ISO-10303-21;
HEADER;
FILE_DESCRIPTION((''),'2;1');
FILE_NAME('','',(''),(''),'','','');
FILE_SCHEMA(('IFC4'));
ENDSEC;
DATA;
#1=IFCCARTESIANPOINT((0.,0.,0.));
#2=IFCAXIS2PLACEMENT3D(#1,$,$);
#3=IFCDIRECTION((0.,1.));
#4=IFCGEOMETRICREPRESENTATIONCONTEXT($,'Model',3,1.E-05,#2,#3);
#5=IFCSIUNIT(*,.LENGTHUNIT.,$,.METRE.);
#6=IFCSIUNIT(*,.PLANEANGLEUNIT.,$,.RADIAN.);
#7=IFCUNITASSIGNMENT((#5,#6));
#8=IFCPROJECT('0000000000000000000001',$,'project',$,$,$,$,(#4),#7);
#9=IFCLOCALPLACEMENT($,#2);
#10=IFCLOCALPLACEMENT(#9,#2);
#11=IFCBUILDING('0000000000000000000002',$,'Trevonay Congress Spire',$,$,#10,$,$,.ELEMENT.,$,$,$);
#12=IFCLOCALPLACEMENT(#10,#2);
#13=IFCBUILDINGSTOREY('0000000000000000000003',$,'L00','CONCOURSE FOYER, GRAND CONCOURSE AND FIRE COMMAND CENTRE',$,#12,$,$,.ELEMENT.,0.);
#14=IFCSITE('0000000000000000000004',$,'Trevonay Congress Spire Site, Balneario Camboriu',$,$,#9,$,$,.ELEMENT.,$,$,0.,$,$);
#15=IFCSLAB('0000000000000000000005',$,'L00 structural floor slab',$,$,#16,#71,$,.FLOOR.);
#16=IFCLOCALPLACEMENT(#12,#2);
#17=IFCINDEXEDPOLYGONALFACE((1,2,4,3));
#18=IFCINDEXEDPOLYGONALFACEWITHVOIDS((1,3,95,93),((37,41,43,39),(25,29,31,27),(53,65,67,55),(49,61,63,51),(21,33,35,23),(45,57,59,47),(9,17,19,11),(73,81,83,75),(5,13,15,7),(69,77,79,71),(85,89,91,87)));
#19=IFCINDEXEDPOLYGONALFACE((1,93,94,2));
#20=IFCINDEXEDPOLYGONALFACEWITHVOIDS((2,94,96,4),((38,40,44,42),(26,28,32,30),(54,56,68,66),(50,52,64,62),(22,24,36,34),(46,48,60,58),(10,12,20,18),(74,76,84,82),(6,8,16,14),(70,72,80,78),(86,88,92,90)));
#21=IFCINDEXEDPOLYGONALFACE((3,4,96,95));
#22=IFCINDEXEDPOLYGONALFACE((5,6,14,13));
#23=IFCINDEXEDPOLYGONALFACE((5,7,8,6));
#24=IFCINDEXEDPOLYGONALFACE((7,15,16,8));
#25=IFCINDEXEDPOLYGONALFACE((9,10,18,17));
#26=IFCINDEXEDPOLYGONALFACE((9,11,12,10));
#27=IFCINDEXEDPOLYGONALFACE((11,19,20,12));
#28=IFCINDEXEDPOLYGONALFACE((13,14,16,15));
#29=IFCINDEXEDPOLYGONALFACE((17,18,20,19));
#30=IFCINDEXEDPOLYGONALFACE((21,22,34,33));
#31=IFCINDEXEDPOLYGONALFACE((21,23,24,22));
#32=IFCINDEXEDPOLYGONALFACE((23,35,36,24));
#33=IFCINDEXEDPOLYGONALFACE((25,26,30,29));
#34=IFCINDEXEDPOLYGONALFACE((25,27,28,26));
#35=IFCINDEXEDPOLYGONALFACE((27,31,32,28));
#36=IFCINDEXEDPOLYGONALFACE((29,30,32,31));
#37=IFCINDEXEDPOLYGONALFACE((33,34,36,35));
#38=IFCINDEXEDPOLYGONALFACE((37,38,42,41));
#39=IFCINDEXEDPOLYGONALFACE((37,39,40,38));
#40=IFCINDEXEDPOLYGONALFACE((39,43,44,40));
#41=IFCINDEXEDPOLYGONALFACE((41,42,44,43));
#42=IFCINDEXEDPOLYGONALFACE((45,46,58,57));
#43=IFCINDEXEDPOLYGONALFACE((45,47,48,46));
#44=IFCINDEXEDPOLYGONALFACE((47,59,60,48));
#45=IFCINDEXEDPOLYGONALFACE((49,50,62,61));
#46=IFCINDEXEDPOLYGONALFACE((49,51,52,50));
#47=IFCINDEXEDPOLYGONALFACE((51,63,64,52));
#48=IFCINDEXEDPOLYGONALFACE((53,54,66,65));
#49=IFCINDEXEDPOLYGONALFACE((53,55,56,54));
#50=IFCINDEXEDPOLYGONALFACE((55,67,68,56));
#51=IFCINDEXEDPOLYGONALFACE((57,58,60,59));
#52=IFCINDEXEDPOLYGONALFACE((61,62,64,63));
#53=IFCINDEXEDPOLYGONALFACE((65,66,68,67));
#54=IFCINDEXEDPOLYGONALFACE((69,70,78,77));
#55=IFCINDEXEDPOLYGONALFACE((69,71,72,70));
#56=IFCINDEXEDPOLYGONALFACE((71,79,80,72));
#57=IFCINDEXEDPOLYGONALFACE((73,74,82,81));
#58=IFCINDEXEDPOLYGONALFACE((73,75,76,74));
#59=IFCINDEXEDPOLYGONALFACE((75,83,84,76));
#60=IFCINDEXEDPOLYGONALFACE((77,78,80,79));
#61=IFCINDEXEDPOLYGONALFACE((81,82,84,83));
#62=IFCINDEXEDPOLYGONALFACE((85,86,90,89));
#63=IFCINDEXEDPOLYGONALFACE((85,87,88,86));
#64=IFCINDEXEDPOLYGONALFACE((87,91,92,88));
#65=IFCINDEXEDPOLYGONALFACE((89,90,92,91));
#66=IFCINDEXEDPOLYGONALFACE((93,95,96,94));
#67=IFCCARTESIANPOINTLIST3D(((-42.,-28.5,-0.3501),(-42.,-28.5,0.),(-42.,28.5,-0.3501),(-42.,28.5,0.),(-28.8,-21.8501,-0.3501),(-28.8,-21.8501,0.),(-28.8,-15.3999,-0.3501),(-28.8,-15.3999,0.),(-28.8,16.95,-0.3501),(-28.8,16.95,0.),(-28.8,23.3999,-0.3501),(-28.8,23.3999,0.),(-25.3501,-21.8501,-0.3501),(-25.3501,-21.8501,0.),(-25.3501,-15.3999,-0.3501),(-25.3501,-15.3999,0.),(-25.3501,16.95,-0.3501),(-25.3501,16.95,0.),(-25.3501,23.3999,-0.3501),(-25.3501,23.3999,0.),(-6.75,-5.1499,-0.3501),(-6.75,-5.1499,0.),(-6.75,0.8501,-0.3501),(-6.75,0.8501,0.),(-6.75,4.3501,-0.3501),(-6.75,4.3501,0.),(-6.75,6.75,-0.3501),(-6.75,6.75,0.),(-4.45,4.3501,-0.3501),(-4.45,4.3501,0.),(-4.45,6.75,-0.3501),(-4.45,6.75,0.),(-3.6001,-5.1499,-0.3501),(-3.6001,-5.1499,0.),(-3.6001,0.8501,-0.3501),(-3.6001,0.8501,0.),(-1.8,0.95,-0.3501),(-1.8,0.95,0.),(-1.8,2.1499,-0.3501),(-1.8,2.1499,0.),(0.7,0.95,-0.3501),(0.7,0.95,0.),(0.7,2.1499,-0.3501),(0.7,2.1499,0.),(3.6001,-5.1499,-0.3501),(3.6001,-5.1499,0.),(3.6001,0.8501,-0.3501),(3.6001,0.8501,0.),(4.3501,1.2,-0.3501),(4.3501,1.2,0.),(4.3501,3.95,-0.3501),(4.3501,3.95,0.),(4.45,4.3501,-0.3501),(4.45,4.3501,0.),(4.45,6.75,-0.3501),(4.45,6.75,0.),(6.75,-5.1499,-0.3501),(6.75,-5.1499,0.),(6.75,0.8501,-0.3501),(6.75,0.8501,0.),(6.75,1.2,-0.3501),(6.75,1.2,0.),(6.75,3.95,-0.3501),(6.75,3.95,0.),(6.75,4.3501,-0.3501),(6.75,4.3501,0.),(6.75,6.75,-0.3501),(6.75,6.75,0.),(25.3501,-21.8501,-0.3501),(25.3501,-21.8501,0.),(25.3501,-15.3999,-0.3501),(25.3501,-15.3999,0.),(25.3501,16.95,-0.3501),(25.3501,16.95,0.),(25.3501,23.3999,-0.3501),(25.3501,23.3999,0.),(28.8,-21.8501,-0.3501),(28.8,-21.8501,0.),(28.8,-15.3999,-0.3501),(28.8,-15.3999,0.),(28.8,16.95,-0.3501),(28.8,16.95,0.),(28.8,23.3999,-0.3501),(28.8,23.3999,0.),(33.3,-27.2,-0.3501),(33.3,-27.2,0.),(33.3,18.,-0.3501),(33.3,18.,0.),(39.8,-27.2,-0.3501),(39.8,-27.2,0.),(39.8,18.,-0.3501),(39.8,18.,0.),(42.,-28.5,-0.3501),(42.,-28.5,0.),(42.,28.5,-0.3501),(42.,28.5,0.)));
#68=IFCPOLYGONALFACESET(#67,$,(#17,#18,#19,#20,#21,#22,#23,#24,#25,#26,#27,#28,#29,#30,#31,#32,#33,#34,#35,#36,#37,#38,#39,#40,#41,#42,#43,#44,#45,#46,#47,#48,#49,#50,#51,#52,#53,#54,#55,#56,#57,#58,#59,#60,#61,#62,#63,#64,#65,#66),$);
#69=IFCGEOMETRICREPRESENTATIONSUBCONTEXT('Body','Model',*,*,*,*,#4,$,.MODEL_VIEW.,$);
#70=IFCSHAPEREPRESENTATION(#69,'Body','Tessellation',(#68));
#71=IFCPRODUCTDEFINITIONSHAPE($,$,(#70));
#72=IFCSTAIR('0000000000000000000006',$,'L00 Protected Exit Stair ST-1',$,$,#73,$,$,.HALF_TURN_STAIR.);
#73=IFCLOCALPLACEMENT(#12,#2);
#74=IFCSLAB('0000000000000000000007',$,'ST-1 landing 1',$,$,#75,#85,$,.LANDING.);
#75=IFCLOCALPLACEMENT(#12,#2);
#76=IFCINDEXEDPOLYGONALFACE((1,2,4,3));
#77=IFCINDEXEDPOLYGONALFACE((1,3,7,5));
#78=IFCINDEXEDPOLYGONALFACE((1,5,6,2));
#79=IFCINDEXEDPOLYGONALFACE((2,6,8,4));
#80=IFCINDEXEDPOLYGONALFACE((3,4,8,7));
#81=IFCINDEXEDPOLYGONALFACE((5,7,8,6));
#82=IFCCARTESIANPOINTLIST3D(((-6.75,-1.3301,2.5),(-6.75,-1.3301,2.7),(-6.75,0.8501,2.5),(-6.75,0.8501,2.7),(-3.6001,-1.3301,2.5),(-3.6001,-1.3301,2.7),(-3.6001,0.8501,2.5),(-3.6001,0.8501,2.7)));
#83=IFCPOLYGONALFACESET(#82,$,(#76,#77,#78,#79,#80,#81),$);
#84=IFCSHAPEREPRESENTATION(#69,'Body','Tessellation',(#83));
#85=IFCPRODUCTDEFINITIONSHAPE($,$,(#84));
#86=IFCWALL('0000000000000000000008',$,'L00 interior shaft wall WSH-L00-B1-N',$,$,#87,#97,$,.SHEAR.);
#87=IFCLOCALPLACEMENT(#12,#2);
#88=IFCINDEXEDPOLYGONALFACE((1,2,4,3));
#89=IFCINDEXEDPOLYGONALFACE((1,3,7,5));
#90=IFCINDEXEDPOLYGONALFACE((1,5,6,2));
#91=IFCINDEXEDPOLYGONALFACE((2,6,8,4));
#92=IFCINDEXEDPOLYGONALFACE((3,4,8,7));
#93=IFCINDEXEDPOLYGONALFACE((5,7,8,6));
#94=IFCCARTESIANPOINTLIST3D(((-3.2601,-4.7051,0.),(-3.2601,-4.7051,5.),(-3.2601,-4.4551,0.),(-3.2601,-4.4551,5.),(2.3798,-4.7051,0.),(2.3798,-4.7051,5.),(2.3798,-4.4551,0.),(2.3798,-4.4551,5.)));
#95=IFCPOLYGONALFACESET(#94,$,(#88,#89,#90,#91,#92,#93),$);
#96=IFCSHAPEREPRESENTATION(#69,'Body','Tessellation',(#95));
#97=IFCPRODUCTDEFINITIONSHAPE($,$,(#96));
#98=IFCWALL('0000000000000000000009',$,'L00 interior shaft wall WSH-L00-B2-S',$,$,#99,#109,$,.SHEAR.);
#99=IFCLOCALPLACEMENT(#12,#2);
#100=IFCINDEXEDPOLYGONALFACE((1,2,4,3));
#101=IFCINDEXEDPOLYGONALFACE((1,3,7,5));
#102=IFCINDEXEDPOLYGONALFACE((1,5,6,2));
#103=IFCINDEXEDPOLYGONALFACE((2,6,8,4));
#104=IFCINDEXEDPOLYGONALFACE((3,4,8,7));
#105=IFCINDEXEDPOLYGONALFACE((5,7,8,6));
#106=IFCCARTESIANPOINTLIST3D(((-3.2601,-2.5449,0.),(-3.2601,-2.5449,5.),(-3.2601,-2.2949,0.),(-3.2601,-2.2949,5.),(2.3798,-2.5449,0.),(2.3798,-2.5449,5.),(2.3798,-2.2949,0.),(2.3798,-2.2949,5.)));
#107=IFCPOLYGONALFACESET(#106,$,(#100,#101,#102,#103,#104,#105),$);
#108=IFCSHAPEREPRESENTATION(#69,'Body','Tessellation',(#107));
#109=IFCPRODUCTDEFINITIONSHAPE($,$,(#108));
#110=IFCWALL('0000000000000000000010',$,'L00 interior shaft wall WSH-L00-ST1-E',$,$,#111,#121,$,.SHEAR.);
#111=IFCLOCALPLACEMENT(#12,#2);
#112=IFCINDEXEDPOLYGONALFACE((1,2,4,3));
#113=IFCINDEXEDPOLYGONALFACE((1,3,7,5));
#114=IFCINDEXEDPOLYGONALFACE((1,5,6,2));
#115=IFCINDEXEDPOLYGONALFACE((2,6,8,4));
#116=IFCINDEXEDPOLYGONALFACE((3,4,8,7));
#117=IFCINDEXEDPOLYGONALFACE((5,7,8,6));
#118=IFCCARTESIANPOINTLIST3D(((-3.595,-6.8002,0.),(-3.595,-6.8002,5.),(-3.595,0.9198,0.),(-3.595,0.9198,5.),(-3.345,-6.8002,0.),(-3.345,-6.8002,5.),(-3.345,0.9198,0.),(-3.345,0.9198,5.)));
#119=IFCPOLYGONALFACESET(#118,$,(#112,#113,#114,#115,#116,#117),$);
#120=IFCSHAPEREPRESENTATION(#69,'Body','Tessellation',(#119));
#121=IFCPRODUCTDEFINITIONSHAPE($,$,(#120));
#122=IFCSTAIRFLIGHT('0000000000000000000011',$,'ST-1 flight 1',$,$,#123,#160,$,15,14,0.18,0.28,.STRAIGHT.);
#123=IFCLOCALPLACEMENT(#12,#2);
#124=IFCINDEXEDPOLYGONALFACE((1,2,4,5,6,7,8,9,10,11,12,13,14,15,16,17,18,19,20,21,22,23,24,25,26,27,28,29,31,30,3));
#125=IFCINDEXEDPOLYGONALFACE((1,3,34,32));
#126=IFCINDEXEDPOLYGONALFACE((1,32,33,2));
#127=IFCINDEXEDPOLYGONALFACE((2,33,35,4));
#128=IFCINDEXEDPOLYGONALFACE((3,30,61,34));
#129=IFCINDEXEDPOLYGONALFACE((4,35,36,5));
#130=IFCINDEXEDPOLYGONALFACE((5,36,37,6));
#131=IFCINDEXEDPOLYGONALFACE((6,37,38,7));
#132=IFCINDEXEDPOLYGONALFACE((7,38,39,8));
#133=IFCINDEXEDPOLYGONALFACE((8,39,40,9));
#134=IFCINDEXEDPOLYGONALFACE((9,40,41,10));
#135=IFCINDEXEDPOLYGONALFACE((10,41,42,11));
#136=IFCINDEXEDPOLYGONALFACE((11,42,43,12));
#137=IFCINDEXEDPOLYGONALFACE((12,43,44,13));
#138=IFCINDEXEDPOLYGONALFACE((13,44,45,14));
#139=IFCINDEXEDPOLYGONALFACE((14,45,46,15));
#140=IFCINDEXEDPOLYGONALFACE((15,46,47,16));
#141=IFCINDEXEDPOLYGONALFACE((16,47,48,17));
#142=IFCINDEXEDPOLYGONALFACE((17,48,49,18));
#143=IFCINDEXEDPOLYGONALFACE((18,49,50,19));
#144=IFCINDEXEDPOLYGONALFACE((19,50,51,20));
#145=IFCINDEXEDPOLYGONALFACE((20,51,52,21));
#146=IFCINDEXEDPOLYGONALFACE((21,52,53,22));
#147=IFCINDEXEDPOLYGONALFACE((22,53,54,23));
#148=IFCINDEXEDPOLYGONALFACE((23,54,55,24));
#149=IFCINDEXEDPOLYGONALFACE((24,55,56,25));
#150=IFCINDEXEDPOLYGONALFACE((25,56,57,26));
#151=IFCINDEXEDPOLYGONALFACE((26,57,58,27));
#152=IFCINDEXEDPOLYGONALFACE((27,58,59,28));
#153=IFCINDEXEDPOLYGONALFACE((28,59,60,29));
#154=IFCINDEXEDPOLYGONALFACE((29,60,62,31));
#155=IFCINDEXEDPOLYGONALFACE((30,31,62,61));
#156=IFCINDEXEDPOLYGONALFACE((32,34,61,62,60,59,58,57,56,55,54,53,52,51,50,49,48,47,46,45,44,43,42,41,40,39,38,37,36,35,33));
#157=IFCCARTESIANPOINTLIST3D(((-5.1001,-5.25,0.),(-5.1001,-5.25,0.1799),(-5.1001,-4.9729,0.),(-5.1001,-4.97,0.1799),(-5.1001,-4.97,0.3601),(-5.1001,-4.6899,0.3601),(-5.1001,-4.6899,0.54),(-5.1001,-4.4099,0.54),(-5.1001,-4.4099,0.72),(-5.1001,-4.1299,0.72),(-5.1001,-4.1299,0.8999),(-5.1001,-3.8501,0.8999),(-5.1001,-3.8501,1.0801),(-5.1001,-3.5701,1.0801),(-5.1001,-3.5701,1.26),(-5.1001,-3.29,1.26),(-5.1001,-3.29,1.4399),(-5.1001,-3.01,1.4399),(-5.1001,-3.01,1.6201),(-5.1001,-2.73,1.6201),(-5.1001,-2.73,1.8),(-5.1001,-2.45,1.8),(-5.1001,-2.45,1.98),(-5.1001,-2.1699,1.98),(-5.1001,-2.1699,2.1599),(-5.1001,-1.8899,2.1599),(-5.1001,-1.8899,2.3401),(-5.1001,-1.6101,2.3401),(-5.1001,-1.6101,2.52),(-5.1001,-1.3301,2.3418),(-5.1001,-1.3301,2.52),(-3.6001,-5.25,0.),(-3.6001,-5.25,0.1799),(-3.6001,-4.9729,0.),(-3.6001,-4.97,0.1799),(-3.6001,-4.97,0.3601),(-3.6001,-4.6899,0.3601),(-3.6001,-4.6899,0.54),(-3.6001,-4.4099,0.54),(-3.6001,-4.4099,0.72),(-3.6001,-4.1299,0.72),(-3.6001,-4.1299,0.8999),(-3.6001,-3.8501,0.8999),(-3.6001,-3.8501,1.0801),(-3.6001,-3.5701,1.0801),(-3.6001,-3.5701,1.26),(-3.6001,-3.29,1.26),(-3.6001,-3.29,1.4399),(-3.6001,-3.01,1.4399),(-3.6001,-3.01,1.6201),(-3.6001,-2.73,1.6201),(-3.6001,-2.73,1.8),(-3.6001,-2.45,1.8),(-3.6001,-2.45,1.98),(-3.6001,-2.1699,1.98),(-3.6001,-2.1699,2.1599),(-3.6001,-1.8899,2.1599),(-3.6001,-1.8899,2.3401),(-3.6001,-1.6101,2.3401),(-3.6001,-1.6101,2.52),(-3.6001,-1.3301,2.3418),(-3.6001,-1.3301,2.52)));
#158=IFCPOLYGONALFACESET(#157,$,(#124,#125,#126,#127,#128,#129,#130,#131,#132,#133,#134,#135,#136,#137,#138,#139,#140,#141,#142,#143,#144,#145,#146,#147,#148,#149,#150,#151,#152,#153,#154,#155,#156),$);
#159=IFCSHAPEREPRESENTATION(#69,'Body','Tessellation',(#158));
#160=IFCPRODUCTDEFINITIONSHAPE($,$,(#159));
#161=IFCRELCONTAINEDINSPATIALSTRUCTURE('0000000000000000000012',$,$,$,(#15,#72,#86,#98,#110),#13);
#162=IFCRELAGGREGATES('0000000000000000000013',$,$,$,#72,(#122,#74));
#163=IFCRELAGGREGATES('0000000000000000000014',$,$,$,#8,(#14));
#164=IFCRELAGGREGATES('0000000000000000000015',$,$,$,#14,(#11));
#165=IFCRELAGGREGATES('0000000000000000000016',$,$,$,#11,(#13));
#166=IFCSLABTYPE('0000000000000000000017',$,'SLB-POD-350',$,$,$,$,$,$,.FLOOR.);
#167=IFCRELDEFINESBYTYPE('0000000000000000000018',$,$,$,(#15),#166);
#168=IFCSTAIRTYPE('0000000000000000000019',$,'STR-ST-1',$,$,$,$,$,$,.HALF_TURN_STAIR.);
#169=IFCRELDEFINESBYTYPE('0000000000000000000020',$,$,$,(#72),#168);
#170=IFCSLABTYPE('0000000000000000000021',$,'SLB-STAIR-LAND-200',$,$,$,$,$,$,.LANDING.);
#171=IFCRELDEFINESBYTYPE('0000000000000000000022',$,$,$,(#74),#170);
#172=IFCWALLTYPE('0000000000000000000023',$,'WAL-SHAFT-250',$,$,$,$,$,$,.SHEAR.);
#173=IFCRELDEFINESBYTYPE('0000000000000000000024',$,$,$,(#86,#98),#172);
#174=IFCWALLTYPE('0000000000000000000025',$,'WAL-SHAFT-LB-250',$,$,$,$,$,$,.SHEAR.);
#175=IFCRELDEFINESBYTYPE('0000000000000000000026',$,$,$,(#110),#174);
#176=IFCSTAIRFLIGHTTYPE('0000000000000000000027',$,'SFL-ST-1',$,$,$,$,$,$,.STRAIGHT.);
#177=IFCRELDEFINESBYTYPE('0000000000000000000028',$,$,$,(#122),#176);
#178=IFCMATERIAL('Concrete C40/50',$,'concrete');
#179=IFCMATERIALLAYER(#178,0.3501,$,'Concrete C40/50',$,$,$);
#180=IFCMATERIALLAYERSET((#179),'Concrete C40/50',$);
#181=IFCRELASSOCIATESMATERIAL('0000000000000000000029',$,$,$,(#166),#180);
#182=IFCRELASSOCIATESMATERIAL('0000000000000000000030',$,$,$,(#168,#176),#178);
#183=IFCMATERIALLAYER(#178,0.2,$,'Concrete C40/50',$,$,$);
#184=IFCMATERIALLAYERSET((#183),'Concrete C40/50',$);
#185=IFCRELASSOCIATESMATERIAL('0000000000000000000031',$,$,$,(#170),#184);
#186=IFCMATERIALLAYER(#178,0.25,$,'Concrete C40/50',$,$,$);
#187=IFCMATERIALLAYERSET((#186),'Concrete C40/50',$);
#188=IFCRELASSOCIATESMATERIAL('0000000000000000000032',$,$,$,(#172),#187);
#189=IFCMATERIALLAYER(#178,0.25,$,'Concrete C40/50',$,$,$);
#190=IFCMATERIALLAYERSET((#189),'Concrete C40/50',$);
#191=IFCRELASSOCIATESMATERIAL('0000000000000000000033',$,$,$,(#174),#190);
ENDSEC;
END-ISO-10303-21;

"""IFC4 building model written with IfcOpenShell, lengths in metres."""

from ifc_helpers import new_model, si_unit, direction, frame, frame_2d, origin, place, context, subcontext, project, spatial, polyline, rectangle, outline, extrude, material, layer, layer_set, type_object, element, aggregate, save


model = new_model("IFC4")

# Units and contexts
model_context = context("Model", 3, precision=1e-05, world=origin(), true_north=direction((0.0, 1.0)))
body_context = subcontext(model_context, "Body", "Model", "MODEL_VIEW")
ifc_project = project(units=[si_unit("LENGTHUNIT", "METRE"), si_unit("PLANEANGLEUNIT", "RADIAN")], contexts=[model_context])

# Site, building, storey
site_placement = place(None, origin())
site = spatial("IfcSite", under=ifc_project, at=site_placement, Name="Trevonay Congress Spire Site, Balneario Camboriu", CompositionType="ELEMENT", RefElevation=0.0)
building_placement = place(site_placement, origin())
building = spatial("IfcBuilding", under=site, at=building_placement, Name="Trevonay Congress Spire", CompositionType="ELEMENT")
storey_placement = place(building_placement, origin())
storey = spatial("IfcBuildingStorey", under=building, at=storey_placement, Name="L00", Description="CONCOURSE FOYER, GRAND CONCOURSE AND FIRE COMMAND CENTRE", CompositionType="ELEMENT", Elevation=0.0)

# Slab
ifc_material_1 = material(Name="Concrete C40/50", Category="concrete")
ifc_layer_1 = layer(ifc_material_1, 0.3501, Name="Concrete C40/50")
ifc_layer_set_1 = layer_set([ifc_layer_1], Name="Concrete C40/50")
slab_type_1 = type_object("IfcSlabType", Name="SLB-POD-350", PredefinedType="FLOOR", material=ifc_layer_set_1)
slab_1_placement = place(storey_placement, frame((0.0, 0.0, -0.3501)))
element("IfcSlab", 1, at=slab_1_placement, inside=storey, type_object=slab_type_1, Name="L00 structural floor slab", PredefinedType="FLOOR", context=body_context, shape_type="SweptSolid", body=[
    extrude(outline(polyline([(-42.0, -28.5), (42.0, -28.5), (42.0, 28.5), (-42.0, 28.5), (-42.0, -28.5)]), holes=[polyline([(-3.6001, -5.1499), (-3.6001, 0.8501), (-6.75, 0.8501), (-6.75, -5.1499), (-3.6001, -5.1499)]), polyline([(6.75, -5.1499), (6.75, 0.8501), (3.6001, 0.8501), (3.6001, -5.1499), (6.75, -5.1499)]), polyline([(-25.3501, -21.8501), (-25.3501, -15.3999), (-28.8, -15.3999), (-28.8, -21.8501), (-25.3501, -21.8501)]), polyline([(28.8, -21.8501), (28.8, -15.3999), (25.3501, -15.3999), (25.3501, -21.8501), (28.8, -21.8501)]), polyline([(-25.3501, 16.95), (-25.3501, 23.3999), (-28.8, 23.3999), (-28.8, 16.95), (-25.3501, 16.95)]), polyline([(28.8, 16.95), (28.8, 23.3999), (25.3501, 23.3999), (25.3501, 16.95), (28.8, 16.95)]), polyline([(-6.75, 4.3501), (-4.45, 4.3501), (-4.45, 6.75), (-6.75, 6.75), (-6.75, 4.3501)]), polyline([(4.45, 4.3501), (6.75, 4.3501), (6.75, 6.75), (4.45, 6.75), (4.45, 4.3501)]), polyline([(4.3501, 1.2), (6.75, 1.2), (6.75, 3.95), (4.3501, 3.95), (4.3501, 1.2)]), polyline([(-1.8, 0.95), (0.7, 0.95), (0.7, 2.1499), (-1.8, 2.1499), (-1.8, 0.95)]), polyline([(33.3, -27.2), (39.8, -27.2), (39.8, 18.0), (33.3, 18.0), (33.3, -27.2)])]), origin(), (0.0, 0.0, 1.0), 0.3501),
])

# Stair, slab
stair_type = type_object("IfcStairType", Name="STR-ST-1", PredefinedType="HALF_TURN_STAIR", material=ifc_material_1)
stair_placement = place(storey_placement, origin())
stair = element("IfcStair", 2, at=stair_placement, inside=storey, type_object=stair_type, Name="L00 Protected Exit Stair ST-1", PredefinedType="HALF_TURN_STAIR")
ifc_layer_2 = layer(ifc_material_1, 0.2, Name="Concrete C40/50")
ifc_layer_set_2 = layer_set([ifc_layer_2], Name="Concrete C40/50")
slab_type_2 = type_object("IfcSlabType", Name="SLB-STAIR-LAND-200", PredefinedType="LANDING", material=ifc_layer_set_2)
slab_2_placement = place(storey_placement, frame((0.0, 0.0, 2.5)))
slab_2 = element("IfcSlab", 3, at=slab_2_placement, type_object=slab_type_2, Name="ST-1 landing 1", PredefinedType="LANDING", context=body_context, shape_type="SweptSolid", body=[
    extrude(outline(polyline([(-3.6001, -1.3301), (-3.6001, 0.8501), (-6.75, 0.8501), (-6.75, -1.3301), (-3.6001, -1.3301)])), origin(), (0.0, 0.0, 1.0), 0.2),
])

# Walls
ifc_layer_3 = layer(ifc_material_1, 0.25, Name="Concrete C40/50")
ifc_layer_set_3 = layer_set([ifc_layer_3], Name="Concrete C40/50")
wall_type_1 = type_object("IfcWallType", Name="WAL-SHAFT-250", PredefinedType="SHEAR", material=ifc_layer_set_3)
for number, where, z_axis, x_axis, name in (
    (4, (-3.26, -4.5801, 0.0), (0.0, 0.0, 1.0), (1.0, 0.0, 0.0), "L00 interior shaft wall WSH-L00-B1-N"),
    (5, (-3.26, -2.4199, 0.0), (0.0, 0.0, 1.0), (1.0, 0.0, 0.0), "L00 interior shaft wall WSH-L00-B2-S"),
):
    element("IfcWall", number, at=place(storey_placement, frame(where, z_axis=z_axis, x_axis=x_axis)), inside=storey, type_object=wall_type_1, Name=name, PredefinedType="SHEAR", context=body_context, shape_type="SweptSolid", body=[
        extrude(rectangle(XDim=5.6399, YDim=0.25, at=frame_2d((2.8198, 0.0))), origin(), (0.0, 0.0, 1.0), 5.0),
    ])
ifc_layer_4 = layer(ifc_material_1, 0.25, Name="Concrete C40/50")
ifc_layer_set_4 = layer_set([ifc_layer_4], Name="Concrete C40/50")
wall_type_2 = type_object("IfcWallType", Name="WAL-SHAFT-LB-250", PredefinedType="SHEAR", material=ifc_layer_set_4)
wall_placement = place(storey_placement, frame((-3.47, -6.8, 0.0), z_axis=(0.0, 0.0, 1.0), x_axis=(0.0, 1.0, 0.0)))
element("IfcWall", 6, at=wall_placement, inside=storey, type_object=wall_type_2, Name="L00 interior shaft wall WSH-L00-ST1-E", PredefinedType="SHEAR", context=body_context, shape_type="SweptSolid", body=[
    extrude(rectangle(XDim=7.72, YDim=0.25, at=frame_2d((3.8599, 0.0))), origin(), (0.0, 0.0, 1.0), 5.0),
])

# Stair flight
stair_flight_type = type_object("IfcStairFlightType", Name="SFL-ST-1", PredefinedType="STRAIGHT", material=ifc_material_1)
stair_flight_1_placement = place(storey_placement, frame((-4.3501, -5.25, 0.0), z_axis=(0.0, 0.0, 1.0), x_axis=(0.0, 1.0, 0.0)))
stair_flight_1 = element("IfcStairFlight", 7, at=stair_flight_1_placement, type_object=stair_flight_type, Name="ST-1 flight 1", NumberOfRisers=15, NumberOfTreads=14, PredefinedType="STRAIGHT", RiserHeight=0.18, TreadLength=0.28, context=body_context, shape_type="SweptSolid", body=[
    extrude(outline(polyline([(0.0, 0.0), (0.0, 0.1799), (0.28, 0.1799), (0.28, 0.3601), (0.5601, 0.3601), (0.5601, 0.54), (0.8401, 0.54), (0.8401, 0.72), (1.1201, 0.72), (1.1201, 0.8999), (1.3999, 0.8999), (1.3999, 1.0801), (1.6799, 1.0801), (1.6799, 1.26), (1.96, 1.26), (1.96, 1.4399), (2.24, 1.4399), (2.24, 1.6201), (2.52, 1.6201), (2.52, 1.8), (2.8, 1.8), (2.8, 1.98), (3.0801, 1.98), (3.0801, 2.1599), (3.3601, 2.1599), (3.3601, 2.3401), (3.6399, 2.3401), (3.6399, 2.52), (3.9199, 2.52), (3.9199, 2.7), (3.9199, 2.3418), (0.2771, 0.0), (0.0, 0.0)])), frame((0.0, 0.75, 0.0), z_axis=(0.0, -1.0, 0.0), x_axis=(1.0, 0.0, 0.0)), (0.0, 0.0, 1.0), 1.5),
])
aggregate(stair, [stair_flight_1, slab_2])

save(model, "model.ifc")
